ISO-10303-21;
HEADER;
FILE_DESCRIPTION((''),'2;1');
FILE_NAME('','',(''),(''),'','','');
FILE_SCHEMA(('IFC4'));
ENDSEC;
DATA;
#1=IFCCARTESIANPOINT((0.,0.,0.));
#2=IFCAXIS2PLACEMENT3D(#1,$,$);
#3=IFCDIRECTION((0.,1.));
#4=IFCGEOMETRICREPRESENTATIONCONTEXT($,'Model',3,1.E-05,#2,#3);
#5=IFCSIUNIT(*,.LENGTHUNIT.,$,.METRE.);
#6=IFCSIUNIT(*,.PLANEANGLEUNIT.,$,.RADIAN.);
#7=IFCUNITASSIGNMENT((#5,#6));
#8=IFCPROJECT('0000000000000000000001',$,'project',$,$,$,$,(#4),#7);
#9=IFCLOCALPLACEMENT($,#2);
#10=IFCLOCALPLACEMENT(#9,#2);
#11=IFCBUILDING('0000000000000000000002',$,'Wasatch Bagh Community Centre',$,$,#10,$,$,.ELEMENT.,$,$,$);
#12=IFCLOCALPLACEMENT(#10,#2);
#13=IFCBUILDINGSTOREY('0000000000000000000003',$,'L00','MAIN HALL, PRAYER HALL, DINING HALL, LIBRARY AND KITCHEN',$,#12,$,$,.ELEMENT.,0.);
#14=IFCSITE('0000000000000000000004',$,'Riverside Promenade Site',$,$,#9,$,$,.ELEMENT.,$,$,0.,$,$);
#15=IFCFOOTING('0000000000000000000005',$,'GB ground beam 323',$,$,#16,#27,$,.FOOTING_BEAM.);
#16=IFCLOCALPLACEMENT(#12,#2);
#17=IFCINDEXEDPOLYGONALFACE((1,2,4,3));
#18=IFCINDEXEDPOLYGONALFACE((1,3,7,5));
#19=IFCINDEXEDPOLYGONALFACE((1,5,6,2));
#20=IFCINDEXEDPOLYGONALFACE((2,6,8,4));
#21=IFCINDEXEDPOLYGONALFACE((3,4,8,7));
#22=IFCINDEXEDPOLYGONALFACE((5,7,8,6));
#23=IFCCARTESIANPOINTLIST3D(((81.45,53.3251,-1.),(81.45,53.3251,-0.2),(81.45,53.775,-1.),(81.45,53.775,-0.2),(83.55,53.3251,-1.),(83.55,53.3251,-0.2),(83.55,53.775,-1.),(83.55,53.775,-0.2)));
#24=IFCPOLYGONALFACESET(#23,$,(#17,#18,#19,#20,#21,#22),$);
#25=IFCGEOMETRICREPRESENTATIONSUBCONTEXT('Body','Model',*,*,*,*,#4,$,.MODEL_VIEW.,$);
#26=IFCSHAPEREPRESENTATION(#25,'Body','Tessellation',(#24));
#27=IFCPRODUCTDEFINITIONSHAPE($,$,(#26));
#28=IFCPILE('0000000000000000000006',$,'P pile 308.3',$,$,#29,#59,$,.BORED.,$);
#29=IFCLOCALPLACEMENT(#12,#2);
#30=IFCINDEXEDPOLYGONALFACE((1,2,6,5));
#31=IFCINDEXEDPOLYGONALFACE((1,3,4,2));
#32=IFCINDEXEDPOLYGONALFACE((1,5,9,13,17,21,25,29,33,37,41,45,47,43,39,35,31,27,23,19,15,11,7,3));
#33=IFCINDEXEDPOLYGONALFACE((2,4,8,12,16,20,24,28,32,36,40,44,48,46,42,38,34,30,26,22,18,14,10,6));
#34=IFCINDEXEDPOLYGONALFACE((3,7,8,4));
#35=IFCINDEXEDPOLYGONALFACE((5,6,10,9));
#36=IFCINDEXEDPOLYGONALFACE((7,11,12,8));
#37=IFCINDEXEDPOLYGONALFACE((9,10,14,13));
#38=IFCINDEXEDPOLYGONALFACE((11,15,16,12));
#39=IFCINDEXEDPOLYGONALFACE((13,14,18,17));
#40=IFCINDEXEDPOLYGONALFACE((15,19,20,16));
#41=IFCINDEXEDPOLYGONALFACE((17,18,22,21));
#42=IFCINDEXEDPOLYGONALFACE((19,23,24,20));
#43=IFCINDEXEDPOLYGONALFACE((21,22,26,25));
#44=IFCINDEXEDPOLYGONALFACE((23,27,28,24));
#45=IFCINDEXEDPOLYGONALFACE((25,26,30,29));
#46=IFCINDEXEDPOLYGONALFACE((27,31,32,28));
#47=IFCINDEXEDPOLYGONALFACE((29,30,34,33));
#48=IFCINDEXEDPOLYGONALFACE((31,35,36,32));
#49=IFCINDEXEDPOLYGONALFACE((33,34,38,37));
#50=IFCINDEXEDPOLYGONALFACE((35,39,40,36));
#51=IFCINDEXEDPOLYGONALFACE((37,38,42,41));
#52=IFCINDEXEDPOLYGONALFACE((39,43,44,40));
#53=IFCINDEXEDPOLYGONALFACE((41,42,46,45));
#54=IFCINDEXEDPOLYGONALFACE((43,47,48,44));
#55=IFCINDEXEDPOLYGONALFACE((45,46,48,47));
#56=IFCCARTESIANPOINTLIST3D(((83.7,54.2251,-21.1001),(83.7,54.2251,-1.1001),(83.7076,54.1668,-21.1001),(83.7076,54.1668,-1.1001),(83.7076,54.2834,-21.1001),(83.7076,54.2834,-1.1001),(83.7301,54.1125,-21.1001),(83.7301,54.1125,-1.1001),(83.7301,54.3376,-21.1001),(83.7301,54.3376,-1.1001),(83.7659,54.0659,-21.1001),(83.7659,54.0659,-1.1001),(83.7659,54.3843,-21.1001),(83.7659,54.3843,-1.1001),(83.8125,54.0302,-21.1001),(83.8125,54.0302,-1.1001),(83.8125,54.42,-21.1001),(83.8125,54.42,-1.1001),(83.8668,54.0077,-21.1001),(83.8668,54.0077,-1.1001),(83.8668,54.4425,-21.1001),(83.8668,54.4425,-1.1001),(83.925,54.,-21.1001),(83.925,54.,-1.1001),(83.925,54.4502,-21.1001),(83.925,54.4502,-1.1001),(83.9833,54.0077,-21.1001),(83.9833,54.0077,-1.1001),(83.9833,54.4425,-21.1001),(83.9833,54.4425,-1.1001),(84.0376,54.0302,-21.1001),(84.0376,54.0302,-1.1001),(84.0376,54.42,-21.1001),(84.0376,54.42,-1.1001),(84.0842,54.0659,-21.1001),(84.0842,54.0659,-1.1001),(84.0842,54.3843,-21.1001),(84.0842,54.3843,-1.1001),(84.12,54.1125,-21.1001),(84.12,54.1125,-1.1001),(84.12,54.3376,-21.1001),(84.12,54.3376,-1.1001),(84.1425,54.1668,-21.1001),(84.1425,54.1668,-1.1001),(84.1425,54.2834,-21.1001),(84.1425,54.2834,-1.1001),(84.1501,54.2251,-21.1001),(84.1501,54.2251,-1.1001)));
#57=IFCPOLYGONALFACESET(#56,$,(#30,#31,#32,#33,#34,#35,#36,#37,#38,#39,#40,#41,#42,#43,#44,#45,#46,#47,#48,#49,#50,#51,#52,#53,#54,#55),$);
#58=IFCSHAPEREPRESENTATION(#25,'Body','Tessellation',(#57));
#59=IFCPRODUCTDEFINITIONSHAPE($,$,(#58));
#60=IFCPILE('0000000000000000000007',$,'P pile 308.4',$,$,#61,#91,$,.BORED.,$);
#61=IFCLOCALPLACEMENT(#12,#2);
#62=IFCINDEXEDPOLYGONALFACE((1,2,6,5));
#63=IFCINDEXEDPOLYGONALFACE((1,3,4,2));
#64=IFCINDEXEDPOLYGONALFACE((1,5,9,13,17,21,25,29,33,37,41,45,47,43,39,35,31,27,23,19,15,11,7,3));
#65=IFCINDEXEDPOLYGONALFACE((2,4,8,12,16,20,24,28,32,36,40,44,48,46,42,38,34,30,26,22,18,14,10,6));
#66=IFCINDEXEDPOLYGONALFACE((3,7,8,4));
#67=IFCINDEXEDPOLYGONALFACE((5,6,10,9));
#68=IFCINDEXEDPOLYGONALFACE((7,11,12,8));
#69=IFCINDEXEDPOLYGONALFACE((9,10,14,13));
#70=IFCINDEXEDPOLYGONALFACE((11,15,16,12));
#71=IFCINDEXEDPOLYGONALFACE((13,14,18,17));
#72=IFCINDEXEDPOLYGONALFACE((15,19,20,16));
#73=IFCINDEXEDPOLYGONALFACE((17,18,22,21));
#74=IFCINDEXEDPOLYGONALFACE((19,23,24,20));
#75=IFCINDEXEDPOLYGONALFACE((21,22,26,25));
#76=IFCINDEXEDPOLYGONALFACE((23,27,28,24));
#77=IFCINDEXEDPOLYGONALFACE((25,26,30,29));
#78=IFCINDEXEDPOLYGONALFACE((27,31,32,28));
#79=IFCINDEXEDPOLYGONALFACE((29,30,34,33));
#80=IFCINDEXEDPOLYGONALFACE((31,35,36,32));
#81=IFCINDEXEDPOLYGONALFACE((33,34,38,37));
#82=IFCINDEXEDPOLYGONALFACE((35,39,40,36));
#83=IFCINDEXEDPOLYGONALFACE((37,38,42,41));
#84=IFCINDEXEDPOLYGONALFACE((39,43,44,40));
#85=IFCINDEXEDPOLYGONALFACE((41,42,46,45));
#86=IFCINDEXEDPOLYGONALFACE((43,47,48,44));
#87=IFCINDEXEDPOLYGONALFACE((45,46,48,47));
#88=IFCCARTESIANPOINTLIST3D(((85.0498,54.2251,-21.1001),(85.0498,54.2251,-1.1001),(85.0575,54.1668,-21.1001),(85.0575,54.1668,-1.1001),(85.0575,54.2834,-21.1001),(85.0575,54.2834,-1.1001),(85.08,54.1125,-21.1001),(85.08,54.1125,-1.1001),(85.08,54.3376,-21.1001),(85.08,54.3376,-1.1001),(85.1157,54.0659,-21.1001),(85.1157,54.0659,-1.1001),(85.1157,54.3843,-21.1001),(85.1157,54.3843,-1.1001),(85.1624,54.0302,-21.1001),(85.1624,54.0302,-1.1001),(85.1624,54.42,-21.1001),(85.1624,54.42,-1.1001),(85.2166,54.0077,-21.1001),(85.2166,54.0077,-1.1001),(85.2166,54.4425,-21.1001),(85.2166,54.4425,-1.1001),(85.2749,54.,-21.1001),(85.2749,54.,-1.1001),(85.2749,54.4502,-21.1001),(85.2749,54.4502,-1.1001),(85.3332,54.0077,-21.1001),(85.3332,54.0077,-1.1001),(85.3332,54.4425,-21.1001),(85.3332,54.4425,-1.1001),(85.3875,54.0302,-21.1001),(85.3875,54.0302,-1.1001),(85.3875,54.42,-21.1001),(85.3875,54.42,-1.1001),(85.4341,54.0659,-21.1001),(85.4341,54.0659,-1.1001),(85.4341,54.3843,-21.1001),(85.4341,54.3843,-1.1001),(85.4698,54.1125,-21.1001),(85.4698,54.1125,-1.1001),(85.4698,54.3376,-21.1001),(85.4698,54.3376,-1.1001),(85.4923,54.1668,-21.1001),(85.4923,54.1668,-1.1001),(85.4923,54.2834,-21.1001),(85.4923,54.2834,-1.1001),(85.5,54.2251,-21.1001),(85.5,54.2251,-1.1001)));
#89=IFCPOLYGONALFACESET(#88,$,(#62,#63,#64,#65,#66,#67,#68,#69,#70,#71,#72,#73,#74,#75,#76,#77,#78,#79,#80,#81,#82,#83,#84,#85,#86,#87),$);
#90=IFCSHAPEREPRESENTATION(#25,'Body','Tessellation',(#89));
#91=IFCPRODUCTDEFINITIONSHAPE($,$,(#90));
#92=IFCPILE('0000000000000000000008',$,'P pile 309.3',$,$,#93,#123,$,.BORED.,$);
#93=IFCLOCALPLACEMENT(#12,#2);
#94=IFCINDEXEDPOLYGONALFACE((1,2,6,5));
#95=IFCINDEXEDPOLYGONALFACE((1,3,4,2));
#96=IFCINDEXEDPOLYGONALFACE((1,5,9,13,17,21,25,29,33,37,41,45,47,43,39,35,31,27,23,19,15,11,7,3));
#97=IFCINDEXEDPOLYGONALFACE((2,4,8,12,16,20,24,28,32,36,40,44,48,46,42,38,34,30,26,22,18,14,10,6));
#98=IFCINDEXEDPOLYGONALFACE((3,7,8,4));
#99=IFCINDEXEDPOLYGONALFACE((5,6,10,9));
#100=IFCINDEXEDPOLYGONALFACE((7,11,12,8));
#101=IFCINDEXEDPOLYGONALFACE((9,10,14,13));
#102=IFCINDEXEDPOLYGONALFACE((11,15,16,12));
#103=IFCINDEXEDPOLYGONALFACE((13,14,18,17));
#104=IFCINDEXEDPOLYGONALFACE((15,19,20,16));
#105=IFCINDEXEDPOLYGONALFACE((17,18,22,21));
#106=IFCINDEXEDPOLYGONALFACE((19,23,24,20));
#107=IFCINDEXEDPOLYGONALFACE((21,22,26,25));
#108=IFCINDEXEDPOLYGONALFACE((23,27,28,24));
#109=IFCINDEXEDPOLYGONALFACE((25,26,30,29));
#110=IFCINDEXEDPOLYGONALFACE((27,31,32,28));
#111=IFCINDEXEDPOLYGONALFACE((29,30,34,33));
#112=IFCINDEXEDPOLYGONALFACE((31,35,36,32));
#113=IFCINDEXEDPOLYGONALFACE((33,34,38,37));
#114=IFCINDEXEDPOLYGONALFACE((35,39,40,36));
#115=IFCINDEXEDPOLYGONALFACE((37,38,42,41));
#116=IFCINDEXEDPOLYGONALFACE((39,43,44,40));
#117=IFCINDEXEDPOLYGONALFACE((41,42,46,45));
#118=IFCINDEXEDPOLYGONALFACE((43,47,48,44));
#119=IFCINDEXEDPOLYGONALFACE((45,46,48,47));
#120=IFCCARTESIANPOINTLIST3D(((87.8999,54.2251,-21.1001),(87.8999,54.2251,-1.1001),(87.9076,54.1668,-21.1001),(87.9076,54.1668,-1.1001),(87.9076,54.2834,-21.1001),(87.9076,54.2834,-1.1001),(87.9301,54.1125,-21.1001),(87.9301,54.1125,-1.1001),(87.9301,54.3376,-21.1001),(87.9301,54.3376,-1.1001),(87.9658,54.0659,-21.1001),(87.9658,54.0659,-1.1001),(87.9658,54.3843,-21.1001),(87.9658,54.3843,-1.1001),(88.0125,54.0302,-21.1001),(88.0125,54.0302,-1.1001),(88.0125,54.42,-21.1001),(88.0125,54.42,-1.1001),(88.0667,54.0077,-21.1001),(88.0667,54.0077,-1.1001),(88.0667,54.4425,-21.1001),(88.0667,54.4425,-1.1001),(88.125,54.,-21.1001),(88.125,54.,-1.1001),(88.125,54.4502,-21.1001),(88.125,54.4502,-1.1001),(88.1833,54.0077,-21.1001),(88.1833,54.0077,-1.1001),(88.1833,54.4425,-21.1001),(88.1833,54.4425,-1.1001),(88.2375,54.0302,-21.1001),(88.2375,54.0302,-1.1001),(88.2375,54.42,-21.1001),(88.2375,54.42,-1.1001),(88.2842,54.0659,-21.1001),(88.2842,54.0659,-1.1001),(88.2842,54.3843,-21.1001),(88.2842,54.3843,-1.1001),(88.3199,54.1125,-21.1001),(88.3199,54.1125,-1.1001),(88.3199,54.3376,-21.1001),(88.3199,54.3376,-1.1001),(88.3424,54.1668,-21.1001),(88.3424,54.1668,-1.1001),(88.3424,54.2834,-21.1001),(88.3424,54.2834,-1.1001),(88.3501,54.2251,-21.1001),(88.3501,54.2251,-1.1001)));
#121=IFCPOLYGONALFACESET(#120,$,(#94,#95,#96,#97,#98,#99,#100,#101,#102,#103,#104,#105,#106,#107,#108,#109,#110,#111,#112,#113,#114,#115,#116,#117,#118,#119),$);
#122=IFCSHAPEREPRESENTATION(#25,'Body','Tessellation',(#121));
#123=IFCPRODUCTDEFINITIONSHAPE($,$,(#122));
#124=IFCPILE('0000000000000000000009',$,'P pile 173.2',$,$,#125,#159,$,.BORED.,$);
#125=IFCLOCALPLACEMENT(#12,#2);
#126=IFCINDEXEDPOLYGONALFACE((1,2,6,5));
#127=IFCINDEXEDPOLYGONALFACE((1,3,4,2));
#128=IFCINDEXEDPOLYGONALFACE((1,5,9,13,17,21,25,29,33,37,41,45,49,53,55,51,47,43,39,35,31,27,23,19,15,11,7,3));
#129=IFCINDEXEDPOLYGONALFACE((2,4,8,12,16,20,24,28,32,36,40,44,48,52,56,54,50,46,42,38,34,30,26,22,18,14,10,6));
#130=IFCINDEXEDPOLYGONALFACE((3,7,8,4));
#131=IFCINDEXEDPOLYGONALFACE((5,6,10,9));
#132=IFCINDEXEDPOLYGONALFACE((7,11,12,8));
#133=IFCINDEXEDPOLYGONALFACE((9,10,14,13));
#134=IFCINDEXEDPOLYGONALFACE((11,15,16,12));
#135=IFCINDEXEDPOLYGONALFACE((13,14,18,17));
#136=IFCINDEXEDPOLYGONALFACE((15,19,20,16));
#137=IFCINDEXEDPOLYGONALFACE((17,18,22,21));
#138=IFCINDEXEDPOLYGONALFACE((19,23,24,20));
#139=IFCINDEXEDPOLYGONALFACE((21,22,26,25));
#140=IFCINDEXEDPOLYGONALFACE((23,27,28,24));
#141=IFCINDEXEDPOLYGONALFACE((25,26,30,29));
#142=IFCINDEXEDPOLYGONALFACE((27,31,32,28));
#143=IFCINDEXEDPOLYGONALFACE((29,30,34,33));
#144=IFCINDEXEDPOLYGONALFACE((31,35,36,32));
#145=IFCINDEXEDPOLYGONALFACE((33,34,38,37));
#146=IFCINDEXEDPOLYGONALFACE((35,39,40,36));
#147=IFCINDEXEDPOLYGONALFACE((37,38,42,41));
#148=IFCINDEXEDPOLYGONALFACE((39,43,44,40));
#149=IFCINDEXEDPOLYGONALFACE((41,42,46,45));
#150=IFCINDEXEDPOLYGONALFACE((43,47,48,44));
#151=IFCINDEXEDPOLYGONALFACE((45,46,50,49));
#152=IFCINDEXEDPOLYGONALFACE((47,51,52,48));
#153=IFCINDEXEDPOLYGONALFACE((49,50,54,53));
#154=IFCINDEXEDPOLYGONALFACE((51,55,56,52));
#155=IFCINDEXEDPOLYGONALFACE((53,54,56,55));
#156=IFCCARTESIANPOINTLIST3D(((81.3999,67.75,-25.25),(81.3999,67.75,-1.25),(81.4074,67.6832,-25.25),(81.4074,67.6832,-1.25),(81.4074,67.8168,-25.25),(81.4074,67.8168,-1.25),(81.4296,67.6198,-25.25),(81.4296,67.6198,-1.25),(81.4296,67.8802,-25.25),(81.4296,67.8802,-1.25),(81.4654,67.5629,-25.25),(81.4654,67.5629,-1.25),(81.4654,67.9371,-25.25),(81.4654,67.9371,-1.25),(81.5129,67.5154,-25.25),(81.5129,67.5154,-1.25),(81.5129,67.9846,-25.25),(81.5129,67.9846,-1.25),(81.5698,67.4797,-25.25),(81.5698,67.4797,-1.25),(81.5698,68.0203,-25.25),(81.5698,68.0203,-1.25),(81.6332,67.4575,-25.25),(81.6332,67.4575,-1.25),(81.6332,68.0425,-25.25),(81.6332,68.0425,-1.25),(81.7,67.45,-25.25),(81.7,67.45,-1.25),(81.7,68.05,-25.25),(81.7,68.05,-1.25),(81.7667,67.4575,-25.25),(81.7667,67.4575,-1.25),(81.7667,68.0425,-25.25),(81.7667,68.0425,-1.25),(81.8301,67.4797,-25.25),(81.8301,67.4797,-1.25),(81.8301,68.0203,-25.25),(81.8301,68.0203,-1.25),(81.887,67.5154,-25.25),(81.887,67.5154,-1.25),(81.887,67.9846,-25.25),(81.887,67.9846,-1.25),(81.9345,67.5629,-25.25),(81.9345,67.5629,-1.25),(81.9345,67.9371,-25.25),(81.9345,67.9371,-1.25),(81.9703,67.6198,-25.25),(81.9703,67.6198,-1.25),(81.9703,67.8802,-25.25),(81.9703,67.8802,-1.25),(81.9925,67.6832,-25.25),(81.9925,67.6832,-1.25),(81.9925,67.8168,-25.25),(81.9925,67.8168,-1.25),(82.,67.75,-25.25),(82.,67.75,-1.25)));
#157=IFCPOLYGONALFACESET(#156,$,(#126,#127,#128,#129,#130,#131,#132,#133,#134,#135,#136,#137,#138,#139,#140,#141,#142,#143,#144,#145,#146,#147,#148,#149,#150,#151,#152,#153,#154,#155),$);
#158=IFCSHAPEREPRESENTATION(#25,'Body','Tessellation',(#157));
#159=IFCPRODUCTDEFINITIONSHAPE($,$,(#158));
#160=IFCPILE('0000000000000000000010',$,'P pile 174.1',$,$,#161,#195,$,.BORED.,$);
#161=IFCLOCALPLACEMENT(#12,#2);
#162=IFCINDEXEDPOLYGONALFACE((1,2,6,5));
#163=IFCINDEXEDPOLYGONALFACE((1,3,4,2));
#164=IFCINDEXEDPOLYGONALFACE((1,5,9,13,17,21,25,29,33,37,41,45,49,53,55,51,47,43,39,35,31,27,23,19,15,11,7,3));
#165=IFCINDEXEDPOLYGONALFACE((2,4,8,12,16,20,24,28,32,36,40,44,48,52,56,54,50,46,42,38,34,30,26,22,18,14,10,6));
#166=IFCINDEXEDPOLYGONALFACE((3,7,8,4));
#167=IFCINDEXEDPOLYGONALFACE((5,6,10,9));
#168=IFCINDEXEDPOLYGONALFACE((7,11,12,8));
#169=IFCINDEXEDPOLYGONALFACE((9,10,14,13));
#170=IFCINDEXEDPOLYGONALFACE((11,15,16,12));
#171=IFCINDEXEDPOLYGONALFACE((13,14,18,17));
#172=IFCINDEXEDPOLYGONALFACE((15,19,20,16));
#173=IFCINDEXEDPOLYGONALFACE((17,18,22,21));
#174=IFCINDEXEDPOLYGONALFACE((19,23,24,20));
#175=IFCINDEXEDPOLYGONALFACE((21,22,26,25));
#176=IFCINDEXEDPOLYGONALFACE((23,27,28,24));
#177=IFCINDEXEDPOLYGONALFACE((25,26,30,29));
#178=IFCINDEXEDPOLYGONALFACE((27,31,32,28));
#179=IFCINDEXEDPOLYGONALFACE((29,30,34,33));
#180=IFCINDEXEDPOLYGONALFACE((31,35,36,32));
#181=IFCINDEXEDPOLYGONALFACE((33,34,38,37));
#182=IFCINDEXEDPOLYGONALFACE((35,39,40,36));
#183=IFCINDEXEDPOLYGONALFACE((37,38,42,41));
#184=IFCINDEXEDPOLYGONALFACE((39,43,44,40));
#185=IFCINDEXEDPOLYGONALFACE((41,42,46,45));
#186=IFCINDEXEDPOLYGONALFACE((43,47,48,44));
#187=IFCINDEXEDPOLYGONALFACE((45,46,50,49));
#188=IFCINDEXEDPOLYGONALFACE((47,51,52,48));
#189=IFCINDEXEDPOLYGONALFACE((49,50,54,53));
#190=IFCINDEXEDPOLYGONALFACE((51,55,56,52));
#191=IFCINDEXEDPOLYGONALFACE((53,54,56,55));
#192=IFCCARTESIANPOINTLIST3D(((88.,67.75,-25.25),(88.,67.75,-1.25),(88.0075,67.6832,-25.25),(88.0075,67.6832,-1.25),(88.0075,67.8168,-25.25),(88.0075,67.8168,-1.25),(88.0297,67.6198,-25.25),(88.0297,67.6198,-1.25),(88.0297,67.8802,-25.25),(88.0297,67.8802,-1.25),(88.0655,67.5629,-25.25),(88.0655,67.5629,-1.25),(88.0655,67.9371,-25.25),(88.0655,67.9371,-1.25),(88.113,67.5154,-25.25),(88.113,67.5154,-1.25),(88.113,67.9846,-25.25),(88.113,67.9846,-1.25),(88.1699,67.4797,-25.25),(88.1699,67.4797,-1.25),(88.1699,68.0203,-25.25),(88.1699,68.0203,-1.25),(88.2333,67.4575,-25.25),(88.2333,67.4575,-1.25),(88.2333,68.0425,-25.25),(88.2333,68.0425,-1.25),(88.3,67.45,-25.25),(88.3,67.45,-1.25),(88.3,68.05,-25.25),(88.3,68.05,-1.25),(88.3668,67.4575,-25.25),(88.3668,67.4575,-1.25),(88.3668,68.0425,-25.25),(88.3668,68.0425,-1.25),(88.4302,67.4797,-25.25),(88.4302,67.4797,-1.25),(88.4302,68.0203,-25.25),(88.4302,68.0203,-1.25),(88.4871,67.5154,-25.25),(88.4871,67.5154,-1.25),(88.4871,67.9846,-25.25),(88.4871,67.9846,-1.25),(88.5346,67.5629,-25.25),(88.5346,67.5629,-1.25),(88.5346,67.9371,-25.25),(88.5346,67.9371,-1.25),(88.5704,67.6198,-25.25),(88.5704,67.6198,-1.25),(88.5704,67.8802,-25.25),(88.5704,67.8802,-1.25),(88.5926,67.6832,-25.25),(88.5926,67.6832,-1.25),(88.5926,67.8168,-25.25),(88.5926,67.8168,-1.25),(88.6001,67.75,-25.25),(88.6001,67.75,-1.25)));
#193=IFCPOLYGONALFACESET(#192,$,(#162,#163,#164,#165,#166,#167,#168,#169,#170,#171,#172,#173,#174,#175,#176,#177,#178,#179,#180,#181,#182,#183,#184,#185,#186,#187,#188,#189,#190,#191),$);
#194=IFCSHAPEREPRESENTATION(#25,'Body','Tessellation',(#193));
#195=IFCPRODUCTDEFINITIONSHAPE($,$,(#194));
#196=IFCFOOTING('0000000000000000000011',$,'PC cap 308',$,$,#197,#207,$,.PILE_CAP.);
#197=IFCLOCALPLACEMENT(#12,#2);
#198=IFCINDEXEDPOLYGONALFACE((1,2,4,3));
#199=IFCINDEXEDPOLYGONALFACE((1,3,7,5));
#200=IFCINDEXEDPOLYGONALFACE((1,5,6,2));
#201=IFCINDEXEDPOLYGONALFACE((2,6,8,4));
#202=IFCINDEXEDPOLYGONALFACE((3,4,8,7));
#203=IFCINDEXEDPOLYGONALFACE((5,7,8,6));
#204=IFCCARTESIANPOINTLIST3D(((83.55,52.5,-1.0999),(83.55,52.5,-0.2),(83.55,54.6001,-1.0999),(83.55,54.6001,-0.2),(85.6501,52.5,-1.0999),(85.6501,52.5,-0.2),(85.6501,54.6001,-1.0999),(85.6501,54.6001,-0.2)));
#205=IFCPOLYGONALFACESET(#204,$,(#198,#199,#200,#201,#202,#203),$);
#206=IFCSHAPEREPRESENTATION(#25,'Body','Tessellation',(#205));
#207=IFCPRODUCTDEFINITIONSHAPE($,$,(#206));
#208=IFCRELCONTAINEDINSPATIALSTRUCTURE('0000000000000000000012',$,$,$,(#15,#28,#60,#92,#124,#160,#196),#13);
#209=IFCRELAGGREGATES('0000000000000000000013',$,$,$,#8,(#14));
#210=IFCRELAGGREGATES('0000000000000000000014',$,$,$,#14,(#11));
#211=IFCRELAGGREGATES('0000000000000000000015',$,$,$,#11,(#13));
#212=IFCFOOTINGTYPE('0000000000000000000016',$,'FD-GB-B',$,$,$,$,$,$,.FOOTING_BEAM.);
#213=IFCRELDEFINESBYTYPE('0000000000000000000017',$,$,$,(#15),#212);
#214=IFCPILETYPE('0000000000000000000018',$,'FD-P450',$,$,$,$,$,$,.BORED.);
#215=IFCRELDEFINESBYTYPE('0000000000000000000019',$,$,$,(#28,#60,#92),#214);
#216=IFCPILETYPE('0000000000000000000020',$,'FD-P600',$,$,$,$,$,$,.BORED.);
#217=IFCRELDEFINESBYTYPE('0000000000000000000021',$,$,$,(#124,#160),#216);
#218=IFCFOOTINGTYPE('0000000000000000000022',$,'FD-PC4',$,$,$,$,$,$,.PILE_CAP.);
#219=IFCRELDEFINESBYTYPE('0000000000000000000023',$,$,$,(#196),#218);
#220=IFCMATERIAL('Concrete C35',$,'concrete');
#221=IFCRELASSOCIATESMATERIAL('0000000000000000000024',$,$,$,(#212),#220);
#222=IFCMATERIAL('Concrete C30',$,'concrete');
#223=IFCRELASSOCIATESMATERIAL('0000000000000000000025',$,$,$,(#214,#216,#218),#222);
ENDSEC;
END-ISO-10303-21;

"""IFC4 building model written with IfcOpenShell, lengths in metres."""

from ifc_helpers import new_model, si_unit, direction, frame, origin, origin_2d, place, context, subcontext, project, spatial, rectangle, circle, extrude, material, material_profile, profile_set, type_object, element, save


model = new_model("IFC4")

# Units and contexts
model_context = context("Model", 3, precision=1e-05, world=origin(), true_north=direction((0.0, 1.0)))
body_context = subcontext(model_context, "Body", "Model", "MODEL_VIEW")
ifc_project = project(units=[si_unit("LENGTHUNIT", "METRE"), si_unit("PLANEANGLEUNIT", "RADIAN")], contexts=[model_context])

# Site, building, storey
site_placement = place(None, origin())
site = spatial("IfcSite", under=ifc_project, at=site_placement, Name="Riverside Promenade Site", CompositionType="ELEMENT", RefElevation=0.0)
building_placement = place(site_placement, origin())
building = spatial("IfcBuilding", under=site, at=building_placement, Name="Wasatch Bagh Community Centre", CompositionType="ELEMENT")
storey_placement = place(building_placement, origin())
storey = spatial("IfcBuildingStorey", under=building, at=storey_placement, Name="L00", Description="MAIN HALL, PRAYER HALL, DINING HALL, LIBRARY AND KITCHEN", CompositionType="ELEMENT", Elevation=0.0)

# Footing
ifc_material_1 = material(Name="Concrete C35", Category="concrete")
footing_type_1 = type_object("IfcFootingType", Name="FD-GB-B", PredefinedType="FOOTING_BEAM", material=ifc_material_1)
footing_placement = place(storey_placement, frame((82.5, 53.55, -1.0), z_axis=(0.0, 0.0, 1.0), x_axis=(-1.0, 0.0, 0.0)))
element("IfcFooting", 1, at=footing_placement, inside=storey, type_object=footing_type_1, Name="GB ground beam 323", PredefinedType="FOOTING_BEAM", context=body_context, shape_type="SweptSolid", body=[
    extrude(rectangle(XDim=2.1001, YDim=0.45, at=origin_2d()), origin(), (0.0, 0.0, 1.0), 0.8),
])

# Piles
ifc_material_2 = material(Name="Concrete C30", Category="concrete")
ifc_material_profile_1 = material_profile(ifc_material_2, circle(Radius=0.2251, at=origin_2d()), Name="RC D450")
ifc_profile_set_1 = profile_set([ifc_material_profile_1], Name="Concrete C30")
pile_type_1 = type_object("IfcPileType", Name="FD-P450", PredefinedType="BORED", material=ifc_profile_set_1)
for number, where, z_axis, x_axis, name in (
    (2, (83.925, 54.2251, -1.1001), (0.0, 0.0, -1.0), (1.0, 0.0, 0.0), "P pile 308.3"),
    (3, (85.2749, 54.2251, -1.1001), (0.0, 0.0, -1.0), (1.0, 0.0, 0.0), "P pile 308.4"),
    (4, (88.125, 54.2251, -1.1001), (0.0, 0.0, -1.0), (1.0, 0.0, 0.0), "P pile 309.3"),
):
    element("IfcPile", number, at=place(storey_placement, frame(where, z_axis=z_axis, x_axis=x_axis)), inside=storey, type_object=pile_type_1, Name=name, PredefinedType="BORED", context=body_context, shape_type="SweptSolid", body=[
        extrude(circle(Radius=0.2251, at=origin_2d()), origin(), (0.0, 0.0, 1.0), 20.0),
    ])
ifc_material_profile_2 = material_profile(ifc_material_2, circle(Radius=0.3, at=origin_2d()), Name="RC D600")
ifc_profile_set_2 = profile_set([ifc_material_profile_2], Name="Concrete C30")
pile_type_2 = type_object("IfcPileType", Name="FD-P600", PredefinedType="BORED", material=ifc_profile_set_2)
for number, where, z_axis, x_axis, name in (
    (5, (81.7, 67.75, -1.25), (0.0, 0.0, -1.0), (1.0, 0.0, 0.0), "P pile 173.2"),
    (6, (88.3, 67.75, -1.25), (0.0, 0.0, -1.0), (1.0, 0.0, 0.0), "P pile 174.1"),
):
    element("IfcPile", number, at=place(storey_placement, frame(where, z_axis=z_axis, x_axis=x_axis)), inside=storey, type_object=pile_type_2, Name=name, PredefinedType="BORED", context=body_context, shape_type="SweptSolid", body=[
        extrude(circle(Radius=0.3, at=origin_2d()), origin(), (0.0, 0.0, 1.0), 24.0),
    ])

# Footing
footing_type_2 = type_object("IfcFootingType", Name="FD-PC4", PredefinedType="PILE_CAP", material=ifc_material_2)
for number, where, z_axis, x_axis, name in (
    (7, (84.6001, 53.55, -1.0999), (0.0, 0.0, 1.0), (1.0, 0.0, 0.0), "PC cap 308"),
):
    element("IfcFooting", number, at=place(storey_placement, frame(where, z_axis=z_axis, x_axis=x_axis)), inside=storey, type_object=footing_type_2, Name=name, PredefinedType="PILE_CAP", context=body_context, shape_type="SweptSolid", body=[
        extrude(rectangle(XDim=2.1001, YDim=2.1001, at=origin_2d()), origin(), (0.0, 0.0, 1.0), 0.8999),
    ])

save(model, "model.ifc")
